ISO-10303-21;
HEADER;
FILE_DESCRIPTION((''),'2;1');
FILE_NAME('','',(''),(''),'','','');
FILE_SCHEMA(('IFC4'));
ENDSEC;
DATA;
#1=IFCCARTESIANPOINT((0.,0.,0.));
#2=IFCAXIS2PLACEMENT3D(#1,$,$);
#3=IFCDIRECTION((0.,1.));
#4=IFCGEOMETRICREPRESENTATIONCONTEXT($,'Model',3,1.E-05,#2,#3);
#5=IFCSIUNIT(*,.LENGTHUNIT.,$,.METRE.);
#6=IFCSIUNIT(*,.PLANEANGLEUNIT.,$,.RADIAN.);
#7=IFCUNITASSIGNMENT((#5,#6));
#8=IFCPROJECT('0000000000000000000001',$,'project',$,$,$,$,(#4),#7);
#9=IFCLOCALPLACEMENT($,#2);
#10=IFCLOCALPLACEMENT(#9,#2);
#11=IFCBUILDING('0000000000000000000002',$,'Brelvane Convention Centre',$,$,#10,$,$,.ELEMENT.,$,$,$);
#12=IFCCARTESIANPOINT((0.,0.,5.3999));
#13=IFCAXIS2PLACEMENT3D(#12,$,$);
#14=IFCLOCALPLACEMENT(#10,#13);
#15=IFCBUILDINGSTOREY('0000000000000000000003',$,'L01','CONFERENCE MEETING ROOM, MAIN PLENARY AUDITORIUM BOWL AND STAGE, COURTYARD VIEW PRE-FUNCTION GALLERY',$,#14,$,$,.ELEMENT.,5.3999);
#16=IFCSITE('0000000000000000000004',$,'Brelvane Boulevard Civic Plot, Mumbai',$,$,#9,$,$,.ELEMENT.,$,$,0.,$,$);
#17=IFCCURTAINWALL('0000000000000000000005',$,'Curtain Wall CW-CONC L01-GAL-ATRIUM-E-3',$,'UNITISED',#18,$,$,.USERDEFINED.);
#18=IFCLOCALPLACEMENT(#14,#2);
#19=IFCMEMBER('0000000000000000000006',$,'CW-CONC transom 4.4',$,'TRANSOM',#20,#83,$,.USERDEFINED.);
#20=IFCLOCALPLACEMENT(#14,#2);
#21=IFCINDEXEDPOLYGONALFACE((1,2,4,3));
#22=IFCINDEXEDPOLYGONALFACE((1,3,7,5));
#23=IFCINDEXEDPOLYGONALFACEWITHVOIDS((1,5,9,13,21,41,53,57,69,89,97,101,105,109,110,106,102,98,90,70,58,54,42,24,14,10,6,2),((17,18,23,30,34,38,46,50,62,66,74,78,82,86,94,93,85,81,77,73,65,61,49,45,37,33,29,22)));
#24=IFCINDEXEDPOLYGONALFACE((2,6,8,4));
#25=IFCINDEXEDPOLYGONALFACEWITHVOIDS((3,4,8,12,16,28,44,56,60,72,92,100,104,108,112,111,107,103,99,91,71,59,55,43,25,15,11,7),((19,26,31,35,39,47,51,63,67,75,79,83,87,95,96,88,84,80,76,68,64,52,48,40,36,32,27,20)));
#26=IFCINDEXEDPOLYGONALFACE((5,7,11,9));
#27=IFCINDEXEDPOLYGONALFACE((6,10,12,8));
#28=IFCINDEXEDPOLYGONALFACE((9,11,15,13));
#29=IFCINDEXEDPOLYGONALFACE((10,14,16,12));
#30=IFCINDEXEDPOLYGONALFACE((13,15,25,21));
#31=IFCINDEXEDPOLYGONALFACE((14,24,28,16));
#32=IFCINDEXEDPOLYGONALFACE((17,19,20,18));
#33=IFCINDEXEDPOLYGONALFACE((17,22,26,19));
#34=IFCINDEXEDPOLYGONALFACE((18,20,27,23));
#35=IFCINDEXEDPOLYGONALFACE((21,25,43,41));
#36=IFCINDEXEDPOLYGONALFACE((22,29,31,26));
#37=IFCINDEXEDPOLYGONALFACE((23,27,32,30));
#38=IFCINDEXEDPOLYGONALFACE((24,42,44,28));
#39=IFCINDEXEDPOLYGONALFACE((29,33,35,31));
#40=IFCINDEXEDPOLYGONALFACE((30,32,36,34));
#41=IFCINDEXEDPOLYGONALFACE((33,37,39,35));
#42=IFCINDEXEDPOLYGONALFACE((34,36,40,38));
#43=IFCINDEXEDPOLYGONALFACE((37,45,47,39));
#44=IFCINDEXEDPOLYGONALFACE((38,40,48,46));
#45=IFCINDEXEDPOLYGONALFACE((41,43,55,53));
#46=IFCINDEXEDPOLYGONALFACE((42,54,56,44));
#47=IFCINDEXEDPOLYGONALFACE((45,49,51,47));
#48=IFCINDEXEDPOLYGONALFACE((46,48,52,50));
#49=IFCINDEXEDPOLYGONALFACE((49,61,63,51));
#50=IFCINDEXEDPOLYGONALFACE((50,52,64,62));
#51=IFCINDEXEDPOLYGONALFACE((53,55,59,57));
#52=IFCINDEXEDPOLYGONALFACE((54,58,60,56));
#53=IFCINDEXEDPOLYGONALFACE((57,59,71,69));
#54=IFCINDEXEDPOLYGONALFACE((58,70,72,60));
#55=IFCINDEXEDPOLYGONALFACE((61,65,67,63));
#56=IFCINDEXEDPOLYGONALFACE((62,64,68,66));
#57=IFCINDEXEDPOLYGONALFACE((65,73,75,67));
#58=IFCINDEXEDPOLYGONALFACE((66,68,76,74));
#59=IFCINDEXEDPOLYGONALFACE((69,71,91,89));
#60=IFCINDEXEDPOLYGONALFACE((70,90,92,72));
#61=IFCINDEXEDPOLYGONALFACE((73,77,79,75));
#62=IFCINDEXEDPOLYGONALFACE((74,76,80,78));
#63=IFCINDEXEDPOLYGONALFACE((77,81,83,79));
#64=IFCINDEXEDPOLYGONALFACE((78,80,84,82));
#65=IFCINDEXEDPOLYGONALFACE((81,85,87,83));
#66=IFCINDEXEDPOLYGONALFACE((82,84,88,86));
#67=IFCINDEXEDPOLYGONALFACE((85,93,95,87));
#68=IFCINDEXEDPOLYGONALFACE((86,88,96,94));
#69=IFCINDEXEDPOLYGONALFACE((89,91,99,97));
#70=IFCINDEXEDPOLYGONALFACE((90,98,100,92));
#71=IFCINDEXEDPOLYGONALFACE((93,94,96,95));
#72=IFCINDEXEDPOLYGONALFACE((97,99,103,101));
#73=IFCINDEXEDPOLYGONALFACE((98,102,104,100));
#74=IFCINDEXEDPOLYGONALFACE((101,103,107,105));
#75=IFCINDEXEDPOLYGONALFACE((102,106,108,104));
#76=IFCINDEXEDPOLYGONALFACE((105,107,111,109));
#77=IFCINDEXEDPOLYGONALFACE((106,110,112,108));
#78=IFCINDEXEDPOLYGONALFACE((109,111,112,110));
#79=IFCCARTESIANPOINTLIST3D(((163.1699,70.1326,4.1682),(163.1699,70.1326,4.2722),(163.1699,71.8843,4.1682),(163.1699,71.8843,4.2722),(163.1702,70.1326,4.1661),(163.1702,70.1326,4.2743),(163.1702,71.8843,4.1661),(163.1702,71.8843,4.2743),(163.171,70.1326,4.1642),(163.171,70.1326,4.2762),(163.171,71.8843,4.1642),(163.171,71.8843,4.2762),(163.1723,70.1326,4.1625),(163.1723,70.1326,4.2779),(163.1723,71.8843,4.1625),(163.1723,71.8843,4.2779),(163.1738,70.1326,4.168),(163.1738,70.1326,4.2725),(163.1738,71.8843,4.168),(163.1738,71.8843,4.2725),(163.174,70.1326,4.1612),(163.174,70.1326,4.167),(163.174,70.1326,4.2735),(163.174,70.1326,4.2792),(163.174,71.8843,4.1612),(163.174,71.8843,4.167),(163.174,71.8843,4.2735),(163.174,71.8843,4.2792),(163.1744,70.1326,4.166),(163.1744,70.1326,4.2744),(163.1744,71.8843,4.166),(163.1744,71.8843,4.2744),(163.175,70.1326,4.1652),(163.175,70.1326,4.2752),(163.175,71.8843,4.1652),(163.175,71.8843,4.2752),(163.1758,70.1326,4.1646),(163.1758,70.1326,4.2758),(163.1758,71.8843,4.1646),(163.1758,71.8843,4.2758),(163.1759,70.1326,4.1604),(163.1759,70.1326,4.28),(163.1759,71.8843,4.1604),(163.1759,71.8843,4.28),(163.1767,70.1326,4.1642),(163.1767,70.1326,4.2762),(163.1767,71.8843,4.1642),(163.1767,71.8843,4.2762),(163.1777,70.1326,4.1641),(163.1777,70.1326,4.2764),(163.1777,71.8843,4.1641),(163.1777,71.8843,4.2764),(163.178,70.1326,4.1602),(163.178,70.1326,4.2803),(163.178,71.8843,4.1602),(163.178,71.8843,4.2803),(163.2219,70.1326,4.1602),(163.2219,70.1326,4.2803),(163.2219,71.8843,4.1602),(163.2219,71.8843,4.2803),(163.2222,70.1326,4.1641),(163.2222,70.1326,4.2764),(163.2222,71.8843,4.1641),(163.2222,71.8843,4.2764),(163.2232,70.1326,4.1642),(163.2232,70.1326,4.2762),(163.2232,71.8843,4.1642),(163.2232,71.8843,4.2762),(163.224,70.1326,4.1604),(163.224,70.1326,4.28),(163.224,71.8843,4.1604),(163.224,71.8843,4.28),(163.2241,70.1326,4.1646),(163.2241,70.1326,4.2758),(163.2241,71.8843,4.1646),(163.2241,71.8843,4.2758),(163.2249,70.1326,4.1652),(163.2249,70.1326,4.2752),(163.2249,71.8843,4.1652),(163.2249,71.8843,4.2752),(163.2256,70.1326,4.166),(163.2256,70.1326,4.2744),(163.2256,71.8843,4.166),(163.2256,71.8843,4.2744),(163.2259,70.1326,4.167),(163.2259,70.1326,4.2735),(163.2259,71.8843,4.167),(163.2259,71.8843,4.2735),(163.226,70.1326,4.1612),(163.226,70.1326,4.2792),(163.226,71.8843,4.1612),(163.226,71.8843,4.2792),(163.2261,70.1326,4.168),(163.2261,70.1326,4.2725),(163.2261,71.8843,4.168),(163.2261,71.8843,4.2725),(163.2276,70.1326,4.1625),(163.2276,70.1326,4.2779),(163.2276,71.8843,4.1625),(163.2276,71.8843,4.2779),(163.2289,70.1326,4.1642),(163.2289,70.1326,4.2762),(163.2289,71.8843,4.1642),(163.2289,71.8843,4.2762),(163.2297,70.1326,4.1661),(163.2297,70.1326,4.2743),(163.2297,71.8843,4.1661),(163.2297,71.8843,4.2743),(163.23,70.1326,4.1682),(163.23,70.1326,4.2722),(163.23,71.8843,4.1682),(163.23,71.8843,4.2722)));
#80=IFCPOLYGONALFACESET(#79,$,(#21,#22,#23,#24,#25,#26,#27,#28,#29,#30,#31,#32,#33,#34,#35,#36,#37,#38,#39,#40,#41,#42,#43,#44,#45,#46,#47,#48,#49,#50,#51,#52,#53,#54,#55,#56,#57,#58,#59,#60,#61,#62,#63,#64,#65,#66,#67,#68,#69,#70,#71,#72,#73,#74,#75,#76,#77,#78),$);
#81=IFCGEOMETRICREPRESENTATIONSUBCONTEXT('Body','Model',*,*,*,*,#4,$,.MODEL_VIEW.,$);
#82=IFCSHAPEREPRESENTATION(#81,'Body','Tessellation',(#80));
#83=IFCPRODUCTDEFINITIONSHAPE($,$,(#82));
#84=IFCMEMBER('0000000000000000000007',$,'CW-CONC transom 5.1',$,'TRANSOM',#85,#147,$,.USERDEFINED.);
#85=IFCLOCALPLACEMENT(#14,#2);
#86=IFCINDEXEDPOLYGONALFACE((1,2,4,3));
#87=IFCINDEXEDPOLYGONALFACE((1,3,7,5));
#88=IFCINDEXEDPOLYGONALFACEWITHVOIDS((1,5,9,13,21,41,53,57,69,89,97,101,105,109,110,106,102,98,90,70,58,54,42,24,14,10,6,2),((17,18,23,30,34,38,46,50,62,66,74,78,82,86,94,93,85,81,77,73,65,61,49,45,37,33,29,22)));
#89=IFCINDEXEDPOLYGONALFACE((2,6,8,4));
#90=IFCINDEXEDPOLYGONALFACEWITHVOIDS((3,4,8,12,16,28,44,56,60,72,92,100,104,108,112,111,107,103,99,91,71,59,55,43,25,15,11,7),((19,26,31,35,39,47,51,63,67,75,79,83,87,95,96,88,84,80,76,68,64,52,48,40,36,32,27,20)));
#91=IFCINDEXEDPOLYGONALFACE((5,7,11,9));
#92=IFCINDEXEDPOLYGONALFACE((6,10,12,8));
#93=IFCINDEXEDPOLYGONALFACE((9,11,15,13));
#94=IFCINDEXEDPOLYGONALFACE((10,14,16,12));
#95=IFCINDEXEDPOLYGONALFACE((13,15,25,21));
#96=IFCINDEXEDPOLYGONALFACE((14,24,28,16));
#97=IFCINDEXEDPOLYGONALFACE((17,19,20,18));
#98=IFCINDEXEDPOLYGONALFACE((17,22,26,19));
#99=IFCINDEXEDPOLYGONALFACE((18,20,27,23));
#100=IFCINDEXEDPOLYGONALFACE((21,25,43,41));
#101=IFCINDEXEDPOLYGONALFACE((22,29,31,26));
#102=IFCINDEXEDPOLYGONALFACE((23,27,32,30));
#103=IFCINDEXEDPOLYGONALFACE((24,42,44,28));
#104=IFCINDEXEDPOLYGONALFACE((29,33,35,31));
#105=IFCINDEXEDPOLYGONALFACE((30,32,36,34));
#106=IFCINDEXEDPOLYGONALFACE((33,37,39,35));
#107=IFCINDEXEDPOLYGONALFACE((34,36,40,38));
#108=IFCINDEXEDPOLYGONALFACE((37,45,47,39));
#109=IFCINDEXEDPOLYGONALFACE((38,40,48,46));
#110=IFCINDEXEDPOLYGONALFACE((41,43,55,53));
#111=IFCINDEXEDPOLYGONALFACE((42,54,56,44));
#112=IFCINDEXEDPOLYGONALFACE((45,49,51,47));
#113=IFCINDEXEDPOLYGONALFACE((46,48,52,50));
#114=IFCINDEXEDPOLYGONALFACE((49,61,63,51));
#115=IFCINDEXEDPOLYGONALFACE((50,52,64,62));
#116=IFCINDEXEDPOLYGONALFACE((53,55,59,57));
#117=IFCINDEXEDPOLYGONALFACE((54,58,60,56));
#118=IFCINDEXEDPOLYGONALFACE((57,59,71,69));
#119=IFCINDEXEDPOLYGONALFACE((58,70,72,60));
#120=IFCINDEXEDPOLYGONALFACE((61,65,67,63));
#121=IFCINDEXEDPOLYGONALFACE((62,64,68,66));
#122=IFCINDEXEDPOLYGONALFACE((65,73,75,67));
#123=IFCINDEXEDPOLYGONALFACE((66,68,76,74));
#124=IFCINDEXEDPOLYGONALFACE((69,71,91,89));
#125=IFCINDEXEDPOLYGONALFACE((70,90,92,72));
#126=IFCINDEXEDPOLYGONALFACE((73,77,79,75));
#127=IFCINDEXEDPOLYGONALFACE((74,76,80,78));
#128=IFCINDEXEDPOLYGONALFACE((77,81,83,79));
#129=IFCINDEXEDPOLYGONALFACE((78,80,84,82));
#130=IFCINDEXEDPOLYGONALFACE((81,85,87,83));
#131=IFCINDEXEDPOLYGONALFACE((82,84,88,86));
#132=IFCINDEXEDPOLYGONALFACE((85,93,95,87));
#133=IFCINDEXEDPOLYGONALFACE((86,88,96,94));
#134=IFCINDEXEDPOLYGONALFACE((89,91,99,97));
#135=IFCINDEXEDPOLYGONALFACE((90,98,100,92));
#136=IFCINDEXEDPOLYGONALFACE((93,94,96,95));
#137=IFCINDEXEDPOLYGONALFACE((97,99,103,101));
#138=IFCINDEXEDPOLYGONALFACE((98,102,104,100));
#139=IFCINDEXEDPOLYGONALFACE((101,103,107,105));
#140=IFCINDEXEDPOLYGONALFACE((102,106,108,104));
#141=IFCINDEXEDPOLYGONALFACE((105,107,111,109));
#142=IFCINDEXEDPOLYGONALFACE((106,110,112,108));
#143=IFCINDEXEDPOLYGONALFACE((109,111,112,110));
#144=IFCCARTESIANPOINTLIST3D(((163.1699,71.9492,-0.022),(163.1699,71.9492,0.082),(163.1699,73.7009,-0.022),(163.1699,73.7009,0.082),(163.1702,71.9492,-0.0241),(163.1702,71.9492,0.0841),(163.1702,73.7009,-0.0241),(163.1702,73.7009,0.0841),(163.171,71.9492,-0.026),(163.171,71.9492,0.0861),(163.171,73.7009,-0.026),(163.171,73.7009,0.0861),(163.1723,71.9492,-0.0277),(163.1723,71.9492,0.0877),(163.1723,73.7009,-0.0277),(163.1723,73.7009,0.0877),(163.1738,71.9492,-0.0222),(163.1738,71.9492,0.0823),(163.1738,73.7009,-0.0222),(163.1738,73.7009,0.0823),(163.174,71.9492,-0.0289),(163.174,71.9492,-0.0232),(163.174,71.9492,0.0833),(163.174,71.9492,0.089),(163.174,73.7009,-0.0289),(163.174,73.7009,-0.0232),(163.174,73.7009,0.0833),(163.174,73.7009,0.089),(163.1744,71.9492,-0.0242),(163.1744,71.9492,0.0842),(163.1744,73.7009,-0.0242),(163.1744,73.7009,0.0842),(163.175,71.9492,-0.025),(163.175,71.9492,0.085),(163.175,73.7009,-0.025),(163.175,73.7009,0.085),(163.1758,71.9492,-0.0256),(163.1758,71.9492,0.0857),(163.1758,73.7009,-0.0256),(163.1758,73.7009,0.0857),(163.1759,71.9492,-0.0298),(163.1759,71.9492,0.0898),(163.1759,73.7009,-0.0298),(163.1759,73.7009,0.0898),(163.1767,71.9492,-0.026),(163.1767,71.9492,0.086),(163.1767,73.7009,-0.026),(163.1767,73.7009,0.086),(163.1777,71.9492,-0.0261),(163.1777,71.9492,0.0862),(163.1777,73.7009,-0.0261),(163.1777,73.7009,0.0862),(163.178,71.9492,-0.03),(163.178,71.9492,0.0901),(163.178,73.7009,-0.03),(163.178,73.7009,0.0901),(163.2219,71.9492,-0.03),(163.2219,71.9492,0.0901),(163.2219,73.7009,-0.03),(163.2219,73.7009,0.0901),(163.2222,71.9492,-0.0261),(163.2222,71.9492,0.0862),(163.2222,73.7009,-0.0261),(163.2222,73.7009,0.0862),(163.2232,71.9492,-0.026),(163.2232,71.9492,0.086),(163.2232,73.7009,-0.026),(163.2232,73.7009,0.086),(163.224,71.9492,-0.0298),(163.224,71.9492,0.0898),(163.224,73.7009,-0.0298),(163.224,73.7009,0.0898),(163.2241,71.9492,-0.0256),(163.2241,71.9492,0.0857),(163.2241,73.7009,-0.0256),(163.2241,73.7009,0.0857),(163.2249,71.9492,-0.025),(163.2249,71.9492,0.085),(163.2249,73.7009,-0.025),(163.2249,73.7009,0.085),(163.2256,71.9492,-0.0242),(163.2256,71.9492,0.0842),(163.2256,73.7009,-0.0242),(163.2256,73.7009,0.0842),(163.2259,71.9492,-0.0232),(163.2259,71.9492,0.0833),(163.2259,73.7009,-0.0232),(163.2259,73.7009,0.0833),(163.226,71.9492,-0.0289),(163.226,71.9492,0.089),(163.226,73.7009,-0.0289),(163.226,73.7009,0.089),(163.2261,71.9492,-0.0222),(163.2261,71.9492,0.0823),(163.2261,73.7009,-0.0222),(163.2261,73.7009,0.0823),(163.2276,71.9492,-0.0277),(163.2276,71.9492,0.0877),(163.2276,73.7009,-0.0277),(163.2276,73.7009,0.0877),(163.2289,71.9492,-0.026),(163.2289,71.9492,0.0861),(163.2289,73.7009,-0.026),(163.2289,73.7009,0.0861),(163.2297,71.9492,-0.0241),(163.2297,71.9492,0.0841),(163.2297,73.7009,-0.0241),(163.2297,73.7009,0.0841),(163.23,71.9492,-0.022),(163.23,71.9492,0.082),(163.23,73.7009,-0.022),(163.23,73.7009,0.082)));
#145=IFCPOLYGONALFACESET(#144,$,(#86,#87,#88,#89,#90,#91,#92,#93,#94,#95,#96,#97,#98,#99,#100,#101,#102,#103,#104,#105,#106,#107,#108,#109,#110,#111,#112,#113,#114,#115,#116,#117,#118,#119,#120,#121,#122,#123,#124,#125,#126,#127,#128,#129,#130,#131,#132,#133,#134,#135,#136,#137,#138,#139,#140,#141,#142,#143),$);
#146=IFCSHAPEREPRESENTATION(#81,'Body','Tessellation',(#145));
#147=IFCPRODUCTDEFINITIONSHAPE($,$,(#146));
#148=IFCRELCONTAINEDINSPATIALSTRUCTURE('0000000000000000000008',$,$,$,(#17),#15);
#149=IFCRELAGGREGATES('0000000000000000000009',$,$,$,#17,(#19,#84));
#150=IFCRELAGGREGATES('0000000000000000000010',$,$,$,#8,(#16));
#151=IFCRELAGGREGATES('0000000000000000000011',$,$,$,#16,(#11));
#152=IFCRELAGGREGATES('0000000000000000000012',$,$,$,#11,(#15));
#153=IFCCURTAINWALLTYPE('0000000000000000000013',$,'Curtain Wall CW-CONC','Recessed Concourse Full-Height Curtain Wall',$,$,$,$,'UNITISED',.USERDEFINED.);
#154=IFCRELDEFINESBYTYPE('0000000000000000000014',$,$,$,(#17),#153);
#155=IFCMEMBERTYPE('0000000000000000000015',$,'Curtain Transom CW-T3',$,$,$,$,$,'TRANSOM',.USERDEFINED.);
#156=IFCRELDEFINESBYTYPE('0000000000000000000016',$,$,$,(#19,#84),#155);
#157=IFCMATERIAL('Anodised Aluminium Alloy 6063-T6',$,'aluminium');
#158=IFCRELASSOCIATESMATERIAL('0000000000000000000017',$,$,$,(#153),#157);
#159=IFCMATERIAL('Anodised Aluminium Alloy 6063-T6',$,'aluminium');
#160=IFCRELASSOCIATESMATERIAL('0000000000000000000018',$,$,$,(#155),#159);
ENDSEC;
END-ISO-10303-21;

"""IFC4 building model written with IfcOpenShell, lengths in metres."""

from ifc_helpers import new_model, si_unit, direction, frame, origin, origin_2d, place, context, subcontext, project, spatial, hollow_rectangle, extrude, material, material_profile, profile_set, type_object, element, aggregate, save


model = new_model("IFC4")

# Units and contexts
model_context = context("Model", 3, precision=1e-05, world=origin(), true_north=direction((0.0, 1.0)))
body_context = subcontext(model_context, "Body", "Model", "MODEL_VIEW")
ifc_project = project(units=[si_unit("LENGTHUNIT", "METRE"), si_unit("PLANEANGLEUNIT", "RADIAN")], contexts=[model_context])

# Site, building, storey
site_placement = place(None, origin())
site = spatial("IfcSite", under=ifc_project, at=site_placement, Name="Brelvane Boulevard Civic Plot, Mumbai", CompositionType="ELEMENT", RefElevation=0.0)
building_placement = place(site_placement, origin())
building = spatial("IfcBuilding", under=site, at=building_placement, Name="Brelvane Convention Centre", CompositionType="ELEMENT")
storey_placement = place(building_placement, frame((0.0, 0.0, 5.3999)))
storey = spatial("IfcBuildingStorey", under=building, at=storey_placement, Name="L01", Description="CONFERENCE MEETING ROOM, MAIN PLENARY AUDITORIUM BOWL AND STAGE, COURTYARD VIEW PRE-FUNCTION GALLERY", CompositionType="ELEMENT", Elevation=5.3999)

# Curtain wall, members
ifc_material_1 = material(Name="Anodised Aluminium Alloy 6063-T6", Category="aluminium")
curtain_wall_type = type_object("IfcCurtainWallType", Name="Curtain Wall CW-CONC", Description="Recessed Concourse Full-Height Curtain Wall", ElementType="UNITISED", PredefinedType="USERDEFINED", material=ifc_material_1)
curtain_wall_placement = place(storey_placement, origin())
curtain_wall = element("IfcCurtainWall", 1, at=curtain_wall_placement, inside=storey, type_object=curtain_wall_type, Name="Curtain Wall CW-CONC L01-GAL-ATRIUM-E-3", ObjectType="UNITISED", PredefinedType="USERDEFINED")
ifc_material_2 = material(Name="Anodised Aluminium Alloy 6063-T6", Category="aluminium")
ifc_material_profile_1 = material_profile(ifc_material_2, hollow_rectangle(XDim=0.0601, YDim=0.1201, WallThickness=0.0039, InnerFilletRadius=0.0039, OuterFilletRadius=0.0081, at=origin_2d()), Name="ALU-T 120x60x4.0")
ifc_profile_set_1 = profile_set([ifc_material_profile_1], Name="Anodised Aluminium Alloy 6063-T6")
member_type_1 = type_object("IfcMemberType", Name="Curtain Transom CW-T3", ElementType="TRANSOM", PredefinedType="USERDEFINED", material=ifc_profile_set_1)
member_1_placement = place(storey_placement, frame((163.2, 70.1326, 4.2202), z_axis=(0.0, 1.0, 0.0), x_axis=(-1.0, 0.0, 0.0)))
member_1 = element("IfcMember", 2, at=member_1_placement, type_object=member_type_1, Name="CW-CONC transom 4.4", ObjectType="TRANSOM", PredefinedType="USERDEFINED", context=body_context, shape_type="SweptSolid", body=[
    extrude(hollow_rectangle(XDim=0.0601, YDim=0.1201, WallThickness=0.0039, InnerFilletRadius=0.0039, OuterFilletRadius=0.0081, at=origin_2d()), origin(), (0.0, 0.0, 1.0), 1.7517),
])
member_2_placement = place(storey_placement, frame((163.2, 71.9492, 0.03), z_axis=(0.0, 1.0, 0.0), x_axis=(-1.0, 0.0, 0.0)))
member_2 = element("IfcMember", 3, at=member_2_placement, type_object=member_type_1, Name="CW-CONC transom 5.1", ObjectType="TRANSOM", PredefinedType="USERDEFINED", context=body_context, shape_type="SweptSolid", body=[
    extrude(hollow_rectangle(XDim=0.0601, YDim=0.1201, WallThickness=0.0039, InnerFilletRadius=0.0039, OuterFilletRadius=0.0081, at=origin_2d()), origin(), (0.0, 0.0, 1.0), 1.7517),
])

aggregate(curtain_wall, [member_1, member_2])

save(model, "model.ifc")
